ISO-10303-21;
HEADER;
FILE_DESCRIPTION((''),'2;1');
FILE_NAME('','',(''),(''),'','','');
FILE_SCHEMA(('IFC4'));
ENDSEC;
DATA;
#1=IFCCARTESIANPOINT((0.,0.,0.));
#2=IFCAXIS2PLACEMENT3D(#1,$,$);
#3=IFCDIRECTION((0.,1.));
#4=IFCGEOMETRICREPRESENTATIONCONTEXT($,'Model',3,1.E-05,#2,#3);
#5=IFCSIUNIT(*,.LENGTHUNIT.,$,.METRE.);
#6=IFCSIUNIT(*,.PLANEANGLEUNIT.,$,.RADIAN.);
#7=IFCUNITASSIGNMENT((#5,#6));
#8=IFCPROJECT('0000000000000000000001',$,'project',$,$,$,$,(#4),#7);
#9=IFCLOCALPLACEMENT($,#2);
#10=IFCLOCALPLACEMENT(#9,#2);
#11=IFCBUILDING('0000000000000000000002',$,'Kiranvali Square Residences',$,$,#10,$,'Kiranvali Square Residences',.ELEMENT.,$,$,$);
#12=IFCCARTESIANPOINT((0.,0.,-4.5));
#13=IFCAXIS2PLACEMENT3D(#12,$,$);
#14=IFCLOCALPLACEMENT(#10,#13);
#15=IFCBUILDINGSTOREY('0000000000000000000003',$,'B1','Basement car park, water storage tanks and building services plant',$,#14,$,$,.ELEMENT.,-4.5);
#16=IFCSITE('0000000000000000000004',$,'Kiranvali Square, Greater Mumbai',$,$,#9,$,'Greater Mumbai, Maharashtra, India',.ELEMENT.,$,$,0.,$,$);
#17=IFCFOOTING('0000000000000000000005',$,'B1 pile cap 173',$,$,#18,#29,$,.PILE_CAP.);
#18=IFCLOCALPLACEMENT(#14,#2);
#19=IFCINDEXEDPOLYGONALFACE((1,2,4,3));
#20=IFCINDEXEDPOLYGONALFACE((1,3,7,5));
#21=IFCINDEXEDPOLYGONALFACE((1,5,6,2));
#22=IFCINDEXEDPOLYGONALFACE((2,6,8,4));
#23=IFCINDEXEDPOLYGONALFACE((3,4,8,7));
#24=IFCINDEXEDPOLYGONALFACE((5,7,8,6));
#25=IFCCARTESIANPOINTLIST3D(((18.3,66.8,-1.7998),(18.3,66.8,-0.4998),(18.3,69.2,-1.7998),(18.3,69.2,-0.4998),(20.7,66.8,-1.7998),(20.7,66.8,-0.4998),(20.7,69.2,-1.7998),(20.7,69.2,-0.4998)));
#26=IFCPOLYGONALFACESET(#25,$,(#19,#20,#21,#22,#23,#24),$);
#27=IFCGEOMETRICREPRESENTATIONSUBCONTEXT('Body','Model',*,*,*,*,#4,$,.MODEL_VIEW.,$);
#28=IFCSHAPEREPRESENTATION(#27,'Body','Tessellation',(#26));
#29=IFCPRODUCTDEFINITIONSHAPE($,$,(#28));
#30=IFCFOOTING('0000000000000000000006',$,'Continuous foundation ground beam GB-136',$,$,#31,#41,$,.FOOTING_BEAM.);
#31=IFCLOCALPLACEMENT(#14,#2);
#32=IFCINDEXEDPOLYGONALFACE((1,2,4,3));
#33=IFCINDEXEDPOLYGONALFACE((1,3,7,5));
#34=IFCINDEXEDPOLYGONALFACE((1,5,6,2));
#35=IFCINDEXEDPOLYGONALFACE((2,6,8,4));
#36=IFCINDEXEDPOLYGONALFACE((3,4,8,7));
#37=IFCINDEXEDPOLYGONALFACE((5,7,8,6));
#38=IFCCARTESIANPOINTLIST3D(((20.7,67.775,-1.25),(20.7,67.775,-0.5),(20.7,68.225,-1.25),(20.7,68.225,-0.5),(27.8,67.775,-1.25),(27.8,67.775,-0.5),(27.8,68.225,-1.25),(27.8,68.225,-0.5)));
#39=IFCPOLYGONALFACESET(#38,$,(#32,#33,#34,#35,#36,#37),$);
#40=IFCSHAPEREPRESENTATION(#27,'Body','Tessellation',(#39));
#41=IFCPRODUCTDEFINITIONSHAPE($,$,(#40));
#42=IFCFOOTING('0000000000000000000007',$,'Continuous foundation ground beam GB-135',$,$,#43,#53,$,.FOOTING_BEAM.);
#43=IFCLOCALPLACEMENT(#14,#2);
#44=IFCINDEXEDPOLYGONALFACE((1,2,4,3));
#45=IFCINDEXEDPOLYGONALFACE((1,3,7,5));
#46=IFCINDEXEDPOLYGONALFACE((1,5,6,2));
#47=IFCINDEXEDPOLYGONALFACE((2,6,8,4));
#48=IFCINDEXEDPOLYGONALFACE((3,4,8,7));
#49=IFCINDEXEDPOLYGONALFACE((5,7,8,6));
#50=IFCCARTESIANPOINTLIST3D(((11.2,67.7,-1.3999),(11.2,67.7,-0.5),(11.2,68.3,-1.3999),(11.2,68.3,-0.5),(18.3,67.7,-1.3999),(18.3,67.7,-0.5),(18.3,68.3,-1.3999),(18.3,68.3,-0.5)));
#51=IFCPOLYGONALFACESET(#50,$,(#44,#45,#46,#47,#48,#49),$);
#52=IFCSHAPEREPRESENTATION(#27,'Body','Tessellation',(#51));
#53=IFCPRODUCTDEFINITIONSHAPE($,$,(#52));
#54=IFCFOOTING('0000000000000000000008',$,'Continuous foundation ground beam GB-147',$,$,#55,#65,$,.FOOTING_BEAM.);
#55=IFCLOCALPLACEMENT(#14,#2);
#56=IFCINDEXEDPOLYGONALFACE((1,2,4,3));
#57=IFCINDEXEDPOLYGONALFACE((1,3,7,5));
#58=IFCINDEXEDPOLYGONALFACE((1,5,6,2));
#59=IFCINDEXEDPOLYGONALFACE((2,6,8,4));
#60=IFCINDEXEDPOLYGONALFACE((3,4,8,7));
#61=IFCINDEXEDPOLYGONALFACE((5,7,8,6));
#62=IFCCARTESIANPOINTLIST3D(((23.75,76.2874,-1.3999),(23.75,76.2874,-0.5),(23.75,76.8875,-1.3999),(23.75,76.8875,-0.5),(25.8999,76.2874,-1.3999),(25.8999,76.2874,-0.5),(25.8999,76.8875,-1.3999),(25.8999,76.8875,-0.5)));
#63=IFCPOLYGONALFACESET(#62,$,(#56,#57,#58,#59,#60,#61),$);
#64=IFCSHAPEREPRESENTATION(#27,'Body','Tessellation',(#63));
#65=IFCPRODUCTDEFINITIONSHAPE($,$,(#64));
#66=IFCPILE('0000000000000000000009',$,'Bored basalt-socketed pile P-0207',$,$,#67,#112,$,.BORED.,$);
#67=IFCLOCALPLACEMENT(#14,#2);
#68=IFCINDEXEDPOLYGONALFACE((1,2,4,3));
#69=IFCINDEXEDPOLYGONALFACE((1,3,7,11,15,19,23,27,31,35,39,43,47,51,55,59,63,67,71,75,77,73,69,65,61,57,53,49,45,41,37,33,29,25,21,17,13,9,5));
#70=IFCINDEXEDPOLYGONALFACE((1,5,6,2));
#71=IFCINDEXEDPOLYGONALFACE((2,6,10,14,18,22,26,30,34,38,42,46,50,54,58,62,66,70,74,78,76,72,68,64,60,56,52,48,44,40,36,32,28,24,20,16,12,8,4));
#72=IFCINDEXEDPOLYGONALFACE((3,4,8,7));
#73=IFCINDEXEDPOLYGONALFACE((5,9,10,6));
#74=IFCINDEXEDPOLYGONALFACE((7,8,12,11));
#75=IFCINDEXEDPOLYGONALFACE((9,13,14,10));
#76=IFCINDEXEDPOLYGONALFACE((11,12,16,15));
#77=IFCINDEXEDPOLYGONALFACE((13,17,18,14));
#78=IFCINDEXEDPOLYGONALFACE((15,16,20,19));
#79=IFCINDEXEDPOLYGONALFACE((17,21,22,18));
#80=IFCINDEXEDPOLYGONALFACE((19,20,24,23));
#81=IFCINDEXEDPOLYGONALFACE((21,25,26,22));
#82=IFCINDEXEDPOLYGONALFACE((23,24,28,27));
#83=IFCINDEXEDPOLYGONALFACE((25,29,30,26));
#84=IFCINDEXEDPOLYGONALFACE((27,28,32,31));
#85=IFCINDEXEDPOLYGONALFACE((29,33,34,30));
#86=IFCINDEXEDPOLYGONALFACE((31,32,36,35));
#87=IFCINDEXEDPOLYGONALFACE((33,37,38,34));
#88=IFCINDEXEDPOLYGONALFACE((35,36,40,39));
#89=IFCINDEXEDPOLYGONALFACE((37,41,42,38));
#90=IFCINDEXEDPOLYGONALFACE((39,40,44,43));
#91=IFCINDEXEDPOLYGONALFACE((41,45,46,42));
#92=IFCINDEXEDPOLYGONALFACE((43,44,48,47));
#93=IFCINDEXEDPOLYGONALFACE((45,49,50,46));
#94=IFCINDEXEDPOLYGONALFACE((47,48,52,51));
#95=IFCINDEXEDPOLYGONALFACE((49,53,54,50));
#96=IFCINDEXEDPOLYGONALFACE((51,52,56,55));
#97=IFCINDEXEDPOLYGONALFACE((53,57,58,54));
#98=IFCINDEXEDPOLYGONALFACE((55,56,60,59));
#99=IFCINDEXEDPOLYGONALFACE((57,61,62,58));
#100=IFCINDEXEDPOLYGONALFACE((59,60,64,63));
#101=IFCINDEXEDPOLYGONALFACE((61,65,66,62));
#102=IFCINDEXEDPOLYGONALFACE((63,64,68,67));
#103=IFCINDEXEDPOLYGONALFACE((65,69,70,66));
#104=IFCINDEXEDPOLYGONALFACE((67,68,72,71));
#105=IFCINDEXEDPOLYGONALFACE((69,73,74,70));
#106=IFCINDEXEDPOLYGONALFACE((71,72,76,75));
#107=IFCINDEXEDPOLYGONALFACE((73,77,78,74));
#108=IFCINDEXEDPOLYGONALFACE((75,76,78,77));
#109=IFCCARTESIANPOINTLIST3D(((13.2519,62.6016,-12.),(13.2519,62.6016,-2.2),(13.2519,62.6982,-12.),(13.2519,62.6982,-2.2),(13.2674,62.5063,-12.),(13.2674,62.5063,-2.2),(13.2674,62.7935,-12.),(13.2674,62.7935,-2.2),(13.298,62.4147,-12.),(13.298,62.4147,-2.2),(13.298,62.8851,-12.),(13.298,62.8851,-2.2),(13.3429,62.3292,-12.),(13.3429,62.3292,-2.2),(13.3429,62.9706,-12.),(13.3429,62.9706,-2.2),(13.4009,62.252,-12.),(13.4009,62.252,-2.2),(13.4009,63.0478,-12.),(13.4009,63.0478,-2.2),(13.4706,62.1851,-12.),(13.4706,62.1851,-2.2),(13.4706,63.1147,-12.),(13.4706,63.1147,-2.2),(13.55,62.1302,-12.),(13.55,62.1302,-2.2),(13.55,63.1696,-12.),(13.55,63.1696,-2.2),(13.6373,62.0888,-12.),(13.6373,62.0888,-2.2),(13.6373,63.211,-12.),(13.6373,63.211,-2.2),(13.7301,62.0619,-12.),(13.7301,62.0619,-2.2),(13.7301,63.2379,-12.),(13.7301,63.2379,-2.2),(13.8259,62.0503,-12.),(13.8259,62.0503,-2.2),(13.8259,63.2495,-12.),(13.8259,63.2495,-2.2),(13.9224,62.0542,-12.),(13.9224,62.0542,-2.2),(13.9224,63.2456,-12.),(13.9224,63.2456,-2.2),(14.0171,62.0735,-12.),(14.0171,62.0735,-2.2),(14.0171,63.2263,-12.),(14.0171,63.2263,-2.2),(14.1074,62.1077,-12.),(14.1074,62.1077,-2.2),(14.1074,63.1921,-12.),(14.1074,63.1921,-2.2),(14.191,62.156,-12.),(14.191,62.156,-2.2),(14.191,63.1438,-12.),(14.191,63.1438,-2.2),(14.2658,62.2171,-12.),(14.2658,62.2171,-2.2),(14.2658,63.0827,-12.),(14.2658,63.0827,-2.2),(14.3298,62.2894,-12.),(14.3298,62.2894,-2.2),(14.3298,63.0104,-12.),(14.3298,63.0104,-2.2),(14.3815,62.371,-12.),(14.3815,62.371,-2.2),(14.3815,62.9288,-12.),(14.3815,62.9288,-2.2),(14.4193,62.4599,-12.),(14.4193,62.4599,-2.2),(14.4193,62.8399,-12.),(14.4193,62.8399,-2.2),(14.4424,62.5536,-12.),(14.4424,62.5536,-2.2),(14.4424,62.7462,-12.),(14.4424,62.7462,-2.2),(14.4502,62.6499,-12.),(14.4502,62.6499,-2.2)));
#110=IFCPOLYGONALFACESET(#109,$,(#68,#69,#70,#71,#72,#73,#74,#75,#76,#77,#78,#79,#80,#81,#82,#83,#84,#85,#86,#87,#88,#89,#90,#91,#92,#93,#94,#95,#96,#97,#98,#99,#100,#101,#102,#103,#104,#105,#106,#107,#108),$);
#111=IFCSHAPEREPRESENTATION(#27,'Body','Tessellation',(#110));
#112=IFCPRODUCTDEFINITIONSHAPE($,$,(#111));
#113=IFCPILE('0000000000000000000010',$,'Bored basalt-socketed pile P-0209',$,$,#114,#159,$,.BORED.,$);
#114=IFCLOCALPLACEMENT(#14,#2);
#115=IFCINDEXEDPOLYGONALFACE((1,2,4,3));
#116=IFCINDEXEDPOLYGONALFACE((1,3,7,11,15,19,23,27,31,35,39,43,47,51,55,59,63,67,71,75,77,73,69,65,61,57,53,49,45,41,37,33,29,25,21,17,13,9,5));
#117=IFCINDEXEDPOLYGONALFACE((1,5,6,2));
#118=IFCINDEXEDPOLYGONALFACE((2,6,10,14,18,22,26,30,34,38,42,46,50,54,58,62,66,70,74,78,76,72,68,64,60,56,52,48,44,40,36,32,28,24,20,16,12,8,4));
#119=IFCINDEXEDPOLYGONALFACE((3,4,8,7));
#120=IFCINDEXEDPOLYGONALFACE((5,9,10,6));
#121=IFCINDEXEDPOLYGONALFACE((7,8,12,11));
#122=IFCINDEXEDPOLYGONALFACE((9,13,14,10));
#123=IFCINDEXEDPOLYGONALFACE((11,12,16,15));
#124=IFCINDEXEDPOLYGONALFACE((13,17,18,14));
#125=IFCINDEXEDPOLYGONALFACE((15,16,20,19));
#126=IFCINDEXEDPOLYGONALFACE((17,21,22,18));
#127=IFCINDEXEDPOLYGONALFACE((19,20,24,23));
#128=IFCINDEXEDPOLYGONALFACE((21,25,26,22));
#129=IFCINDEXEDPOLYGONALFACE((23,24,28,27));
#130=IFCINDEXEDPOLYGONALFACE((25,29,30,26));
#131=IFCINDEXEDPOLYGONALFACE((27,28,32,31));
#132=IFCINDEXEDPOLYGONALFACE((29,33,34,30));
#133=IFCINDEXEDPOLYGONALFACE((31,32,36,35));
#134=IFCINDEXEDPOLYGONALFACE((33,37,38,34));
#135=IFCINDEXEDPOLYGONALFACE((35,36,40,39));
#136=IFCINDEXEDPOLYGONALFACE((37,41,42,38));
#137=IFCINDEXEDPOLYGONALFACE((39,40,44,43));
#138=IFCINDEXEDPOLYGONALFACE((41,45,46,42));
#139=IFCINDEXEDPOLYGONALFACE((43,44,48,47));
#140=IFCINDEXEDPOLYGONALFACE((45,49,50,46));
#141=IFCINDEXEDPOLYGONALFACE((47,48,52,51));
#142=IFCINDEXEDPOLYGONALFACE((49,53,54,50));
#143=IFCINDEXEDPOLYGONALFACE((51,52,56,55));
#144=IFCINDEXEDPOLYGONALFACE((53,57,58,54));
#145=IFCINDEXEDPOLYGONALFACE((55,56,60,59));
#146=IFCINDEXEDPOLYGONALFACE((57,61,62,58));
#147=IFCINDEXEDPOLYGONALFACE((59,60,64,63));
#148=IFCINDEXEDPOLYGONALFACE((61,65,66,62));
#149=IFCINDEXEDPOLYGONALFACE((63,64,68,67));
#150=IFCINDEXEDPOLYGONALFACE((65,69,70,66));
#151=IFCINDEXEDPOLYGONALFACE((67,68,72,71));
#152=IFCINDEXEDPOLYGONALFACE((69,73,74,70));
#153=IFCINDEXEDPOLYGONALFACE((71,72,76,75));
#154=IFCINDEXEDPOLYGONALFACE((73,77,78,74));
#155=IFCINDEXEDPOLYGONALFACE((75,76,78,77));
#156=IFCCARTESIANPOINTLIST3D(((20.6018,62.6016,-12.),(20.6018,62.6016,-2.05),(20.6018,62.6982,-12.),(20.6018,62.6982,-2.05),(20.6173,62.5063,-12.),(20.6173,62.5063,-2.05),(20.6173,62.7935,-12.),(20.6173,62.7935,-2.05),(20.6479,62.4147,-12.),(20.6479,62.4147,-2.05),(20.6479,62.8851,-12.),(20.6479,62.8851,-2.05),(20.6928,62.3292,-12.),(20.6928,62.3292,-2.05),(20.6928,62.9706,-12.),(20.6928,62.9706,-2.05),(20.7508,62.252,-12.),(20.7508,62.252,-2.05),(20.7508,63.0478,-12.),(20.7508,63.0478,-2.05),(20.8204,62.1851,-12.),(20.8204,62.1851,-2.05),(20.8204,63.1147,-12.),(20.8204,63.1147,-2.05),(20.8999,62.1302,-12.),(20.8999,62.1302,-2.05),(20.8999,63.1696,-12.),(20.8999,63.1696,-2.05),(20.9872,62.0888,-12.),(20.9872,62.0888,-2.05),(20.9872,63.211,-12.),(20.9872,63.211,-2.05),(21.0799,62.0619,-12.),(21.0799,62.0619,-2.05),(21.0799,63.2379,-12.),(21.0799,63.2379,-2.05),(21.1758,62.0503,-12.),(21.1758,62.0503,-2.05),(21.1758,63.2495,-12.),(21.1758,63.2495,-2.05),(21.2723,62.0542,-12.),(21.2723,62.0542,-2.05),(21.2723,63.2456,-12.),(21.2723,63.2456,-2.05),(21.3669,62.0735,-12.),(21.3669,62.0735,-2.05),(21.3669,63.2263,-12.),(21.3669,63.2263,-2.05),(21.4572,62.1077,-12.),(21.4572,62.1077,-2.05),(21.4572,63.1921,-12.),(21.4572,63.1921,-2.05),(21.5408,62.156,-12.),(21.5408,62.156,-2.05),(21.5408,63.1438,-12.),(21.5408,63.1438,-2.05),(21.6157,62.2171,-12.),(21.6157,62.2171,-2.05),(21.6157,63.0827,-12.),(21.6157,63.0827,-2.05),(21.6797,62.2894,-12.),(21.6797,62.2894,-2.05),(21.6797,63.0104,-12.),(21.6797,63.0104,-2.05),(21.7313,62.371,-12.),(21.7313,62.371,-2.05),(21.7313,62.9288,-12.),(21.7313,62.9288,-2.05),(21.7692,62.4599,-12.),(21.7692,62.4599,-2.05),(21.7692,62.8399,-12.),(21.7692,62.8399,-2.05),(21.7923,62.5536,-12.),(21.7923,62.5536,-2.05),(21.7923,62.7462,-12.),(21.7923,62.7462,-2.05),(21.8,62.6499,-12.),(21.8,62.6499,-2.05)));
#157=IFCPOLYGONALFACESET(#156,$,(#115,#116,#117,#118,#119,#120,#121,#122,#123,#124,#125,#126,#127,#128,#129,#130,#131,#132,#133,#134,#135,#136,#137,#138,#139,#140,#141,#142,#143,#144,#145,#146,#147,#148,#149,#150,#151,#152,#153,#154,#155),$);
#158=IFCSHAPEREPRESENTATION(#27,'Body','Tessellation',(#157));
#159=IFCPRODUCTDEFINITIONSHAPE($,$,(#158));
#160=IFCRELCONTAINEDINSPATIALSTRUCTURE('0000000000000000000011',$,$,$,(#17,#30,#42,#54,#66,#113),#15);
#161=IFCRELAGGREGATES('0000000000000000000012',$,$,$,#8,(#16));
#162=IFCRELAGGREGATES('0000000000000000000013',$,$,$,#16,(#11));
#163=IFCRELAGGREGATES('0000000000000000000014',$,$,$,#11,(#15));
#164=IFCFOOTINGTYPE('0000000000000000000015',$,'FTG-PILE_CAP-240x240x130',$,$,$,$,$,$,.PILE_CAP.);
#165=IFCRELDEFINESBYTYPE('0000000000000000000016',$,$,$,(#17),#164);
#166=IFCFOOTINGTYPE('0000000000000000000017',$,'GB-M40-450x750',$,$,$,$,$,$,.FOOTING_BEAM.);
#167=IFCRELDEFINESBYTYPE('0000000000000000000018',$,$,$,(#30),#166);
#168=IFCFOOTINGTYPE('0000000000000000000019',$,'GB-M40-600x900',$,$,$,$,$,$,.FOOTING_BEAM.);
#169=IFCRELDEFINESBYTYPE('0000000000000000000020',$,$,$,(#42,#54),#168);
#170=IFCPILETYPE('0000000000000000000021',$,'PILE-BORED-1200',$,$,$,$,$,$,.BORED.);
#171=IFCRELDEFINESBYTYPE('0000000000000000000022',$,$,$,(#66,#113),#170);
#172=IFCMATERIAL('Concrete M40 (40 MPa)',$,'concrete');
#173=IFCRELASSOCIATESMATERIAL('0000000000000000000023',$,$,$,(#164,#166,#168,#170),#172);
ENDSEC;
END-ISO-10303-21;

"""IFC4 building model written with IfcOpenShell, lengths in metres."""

from ifc_helpers import new_model, si_unit, direction, frame, origin, origin_2d, place, context, subcontext, project, spatial, rectangle, circle, extrude, material, material_profile, profile_set, type_object, element, save


model = new_model("IFC4")

# Units and contexts
model_context = context("Model", 3, precision=1e-05, world=origin(), true_north=direction((0.0, 1.0)))
body_context = subcontext(model_context, "Body", "Model", "MODEL_VIEW")
ifc_project = project(units=[si_unit("LENGTHUNIT", "METRE"), si_unit("PLANEANGLEUNIT", "RADIAN")], contexts=[model_context])

# Site, building, storey
site_placement = place(None, origin())
site = spatial("IfcSite", under=ifc_project, at=site_placement, Name="Kiranvali Square, Greater Mumbai", LongName="Greater Mumbai, Maharashtra, India", CompositionType="ELEMENT", RefElevation=0.0)
building_placement = place(site_placement, origin())
building = spatial("IfcBuilding", under=site, at=building_placement, Name="Kiranvali Square Residences", LongName="Kiranvali Square Residences", CompositionType="ELEMENT")
storey_placement = place(building_placement, frame((0.0, 0.0, -4.5)))
storey = spatial("IfcBuildingStorey", under=building, at=storey_placement, Name="B1", Description="Basement car park, water storage tanks and building services plant", CompositionType="ELEMENT", Elevation=-4.5)

# Footings
ifc_material_1 = material(Name="Concrete M40 (40 MPa)", Category="concrete")
footing_type_1 = type_object("IfcFootingType", Name="FTG-PILE_CAP-240x240x130", PredefinedType="PILE_CAP", material=ifc_material_1)
footing_1_placement = place(storey_placement, frame((19.5, 68.0, -1.7998), z_axis=(0.0, 0.0, 1.0), x_axis=(1.0, 0.0, 0.0)))
element("IfcFooting", 1, at=footing_1_placement, inside=storey, type_object=footing_type_1, Name="B1 pile cap 173", PredefinedType="PILE_CAP", context=body_context, shape_type="SweptSolid", body=[
    extrude(rectangle(XDim=2.3999, YDim=2.3999, at=origin_2d()), origin(), (0.0, 0.0, 1.0), 1.3),
])
ifc_material_profile_1 = material_profile(ifc_material_1, rectangle(XDim=0.45, YDim=0.75, at=origin_2d()), Name="GB 450x750")
ifc_profile_set_1 = profile_set([ifc_material_profile_1], Name="Concrete M40 (40 MPa)")
footing_type_2 = type_object("IfcFootingType", Name="GB-M40-450x750", PredefinedType="FOOTING_BEAM", material=ifc_profile_set_1)
footing_2_placement = place(storey_placement, frame((20.7, 68.0, -0.875), z_axis=(1.0, 0.0, 0.0), x_axis=(0.0, 1.0, 0.0)))
element("IfcFooting", 2, at=footing_2_placement, inside=storey, type_object=footing_type_2, Name="Continuous foundation ground beam GB-136", PredefinedType="FOOTING_BEAM", context=body_context, shape_type="SweptSolid", body=[
    extrude(rectangle(XDim=0.45, YDim=0.75, at=origin_2d()), origin(), (0.0, 0.0, 1.0), 7.1001),
])
ifc_material_profile_2 = material_profile(ifc_material_1, rectangle(XDim=0.6001, YDim=0.8999, at=origin_2d()), Name="GB 600x900")
ifc_profile_set_2 = profile_set([ifc_material_profile_2], Name="Concrete M40 (40 MPa)")
footing_type_3 = type_object("IfcFootingType", Name="GB-M40-600x900", PredefinedType="FOOTING_BEAM", material=ifc_profile_set_2)
footing_3_placement = place(storey_placement, frame((11.2, 68.0, -0.95), z_axis=(1.0, 0.0, 0.0), x_axis=(0.0, 1.0, 0.0)))
element("IfcFooting", 3, at=footing_3_placement, inside=storey, type_object=footing_type_3, Name="Continuous foundation ground beam GB-135", PredefinedType="FOOTING_BEAM", context=body_context, shape_type="SweptSolid", body=[
    extrude(rectangle(XDim=0.6001, YDim=0.8999, at=origin_2d()), origin(), (0.0, 0.0, 1.0), 7.1001),
])
footing_4_placement = place(storey_placement, frame((23.75, 76.5874, -0.95), z_axis=(1.0, 0.0, 0.0), x_axis=(0.0, 1.0, 0.0)))
element("IfcFooting", 4, at=footing_4_placement, inside=storey, type_object=footing_type_3, Name="Continuous foundation ground beam GB-147", PredefinedType="FOOTING_BEAM", context=body_context, shape_type="SweptSolid", body=[
    extrude(rectangle(XDim=0.6001, YDim=0.8999, at=origin_2d()), origin(), (0.0, 0.0, 1.0), 2.1499),
])

# Piles
ifc_material_profile_3 = material_profile(ifc_material_1, circle(Radius=0.6001, at=origin_2d()), Name="BORED PILE 1200")
ifc_profile_set_3 = profile_set([ifc_material_profile_3], Name="Concrete M40 (40 MPa)")
pile_type = type_object("IfcPileType", Name="PILE-BORED-1200", PredefinedType="BORED", material=ifc_profile_set_3)
pile_1_placement = place(storey_placement, frame((13.8501, 62.6499, -2.2), z_axis=(0.0, 0.0, -1.0), x_axis=(1.0, 0.0, 0.0)))
element("IfcPile", 5, at=pile_1_placement, inside=storey, type_object=pile_type, Name="Bored basalt-socketed pile P-0207", PredefinedType="BORED", context=body_context, shape_type="SweptSolid", body=[
    extrude(circle(Radius=0.6001, at=origin_2d()), origin(), (0.0, 0.0, 1.0), 9.8),
])
pile_2_placement = place(storey_placement, frame((21.2, 62.6499, -2.05), z_axis=(0.0, 0.0, -1.0), x_axis=(1.0, 0.0, 0.0)))
element("IfcPile", 6, at=pile_2_placement, inside=storey, type_object=pile_type, Name="Bored basalt-socketed pile P-0209", PredefinedType="BORED", context=body_context, shape_type="SweptSolid", body=[
    extrude(circle(Radius=0.6001, at=origin_2d()), origin(), (0.0, 0.0, 1.0), 9.95),
])

save(model, "model.ifc")
